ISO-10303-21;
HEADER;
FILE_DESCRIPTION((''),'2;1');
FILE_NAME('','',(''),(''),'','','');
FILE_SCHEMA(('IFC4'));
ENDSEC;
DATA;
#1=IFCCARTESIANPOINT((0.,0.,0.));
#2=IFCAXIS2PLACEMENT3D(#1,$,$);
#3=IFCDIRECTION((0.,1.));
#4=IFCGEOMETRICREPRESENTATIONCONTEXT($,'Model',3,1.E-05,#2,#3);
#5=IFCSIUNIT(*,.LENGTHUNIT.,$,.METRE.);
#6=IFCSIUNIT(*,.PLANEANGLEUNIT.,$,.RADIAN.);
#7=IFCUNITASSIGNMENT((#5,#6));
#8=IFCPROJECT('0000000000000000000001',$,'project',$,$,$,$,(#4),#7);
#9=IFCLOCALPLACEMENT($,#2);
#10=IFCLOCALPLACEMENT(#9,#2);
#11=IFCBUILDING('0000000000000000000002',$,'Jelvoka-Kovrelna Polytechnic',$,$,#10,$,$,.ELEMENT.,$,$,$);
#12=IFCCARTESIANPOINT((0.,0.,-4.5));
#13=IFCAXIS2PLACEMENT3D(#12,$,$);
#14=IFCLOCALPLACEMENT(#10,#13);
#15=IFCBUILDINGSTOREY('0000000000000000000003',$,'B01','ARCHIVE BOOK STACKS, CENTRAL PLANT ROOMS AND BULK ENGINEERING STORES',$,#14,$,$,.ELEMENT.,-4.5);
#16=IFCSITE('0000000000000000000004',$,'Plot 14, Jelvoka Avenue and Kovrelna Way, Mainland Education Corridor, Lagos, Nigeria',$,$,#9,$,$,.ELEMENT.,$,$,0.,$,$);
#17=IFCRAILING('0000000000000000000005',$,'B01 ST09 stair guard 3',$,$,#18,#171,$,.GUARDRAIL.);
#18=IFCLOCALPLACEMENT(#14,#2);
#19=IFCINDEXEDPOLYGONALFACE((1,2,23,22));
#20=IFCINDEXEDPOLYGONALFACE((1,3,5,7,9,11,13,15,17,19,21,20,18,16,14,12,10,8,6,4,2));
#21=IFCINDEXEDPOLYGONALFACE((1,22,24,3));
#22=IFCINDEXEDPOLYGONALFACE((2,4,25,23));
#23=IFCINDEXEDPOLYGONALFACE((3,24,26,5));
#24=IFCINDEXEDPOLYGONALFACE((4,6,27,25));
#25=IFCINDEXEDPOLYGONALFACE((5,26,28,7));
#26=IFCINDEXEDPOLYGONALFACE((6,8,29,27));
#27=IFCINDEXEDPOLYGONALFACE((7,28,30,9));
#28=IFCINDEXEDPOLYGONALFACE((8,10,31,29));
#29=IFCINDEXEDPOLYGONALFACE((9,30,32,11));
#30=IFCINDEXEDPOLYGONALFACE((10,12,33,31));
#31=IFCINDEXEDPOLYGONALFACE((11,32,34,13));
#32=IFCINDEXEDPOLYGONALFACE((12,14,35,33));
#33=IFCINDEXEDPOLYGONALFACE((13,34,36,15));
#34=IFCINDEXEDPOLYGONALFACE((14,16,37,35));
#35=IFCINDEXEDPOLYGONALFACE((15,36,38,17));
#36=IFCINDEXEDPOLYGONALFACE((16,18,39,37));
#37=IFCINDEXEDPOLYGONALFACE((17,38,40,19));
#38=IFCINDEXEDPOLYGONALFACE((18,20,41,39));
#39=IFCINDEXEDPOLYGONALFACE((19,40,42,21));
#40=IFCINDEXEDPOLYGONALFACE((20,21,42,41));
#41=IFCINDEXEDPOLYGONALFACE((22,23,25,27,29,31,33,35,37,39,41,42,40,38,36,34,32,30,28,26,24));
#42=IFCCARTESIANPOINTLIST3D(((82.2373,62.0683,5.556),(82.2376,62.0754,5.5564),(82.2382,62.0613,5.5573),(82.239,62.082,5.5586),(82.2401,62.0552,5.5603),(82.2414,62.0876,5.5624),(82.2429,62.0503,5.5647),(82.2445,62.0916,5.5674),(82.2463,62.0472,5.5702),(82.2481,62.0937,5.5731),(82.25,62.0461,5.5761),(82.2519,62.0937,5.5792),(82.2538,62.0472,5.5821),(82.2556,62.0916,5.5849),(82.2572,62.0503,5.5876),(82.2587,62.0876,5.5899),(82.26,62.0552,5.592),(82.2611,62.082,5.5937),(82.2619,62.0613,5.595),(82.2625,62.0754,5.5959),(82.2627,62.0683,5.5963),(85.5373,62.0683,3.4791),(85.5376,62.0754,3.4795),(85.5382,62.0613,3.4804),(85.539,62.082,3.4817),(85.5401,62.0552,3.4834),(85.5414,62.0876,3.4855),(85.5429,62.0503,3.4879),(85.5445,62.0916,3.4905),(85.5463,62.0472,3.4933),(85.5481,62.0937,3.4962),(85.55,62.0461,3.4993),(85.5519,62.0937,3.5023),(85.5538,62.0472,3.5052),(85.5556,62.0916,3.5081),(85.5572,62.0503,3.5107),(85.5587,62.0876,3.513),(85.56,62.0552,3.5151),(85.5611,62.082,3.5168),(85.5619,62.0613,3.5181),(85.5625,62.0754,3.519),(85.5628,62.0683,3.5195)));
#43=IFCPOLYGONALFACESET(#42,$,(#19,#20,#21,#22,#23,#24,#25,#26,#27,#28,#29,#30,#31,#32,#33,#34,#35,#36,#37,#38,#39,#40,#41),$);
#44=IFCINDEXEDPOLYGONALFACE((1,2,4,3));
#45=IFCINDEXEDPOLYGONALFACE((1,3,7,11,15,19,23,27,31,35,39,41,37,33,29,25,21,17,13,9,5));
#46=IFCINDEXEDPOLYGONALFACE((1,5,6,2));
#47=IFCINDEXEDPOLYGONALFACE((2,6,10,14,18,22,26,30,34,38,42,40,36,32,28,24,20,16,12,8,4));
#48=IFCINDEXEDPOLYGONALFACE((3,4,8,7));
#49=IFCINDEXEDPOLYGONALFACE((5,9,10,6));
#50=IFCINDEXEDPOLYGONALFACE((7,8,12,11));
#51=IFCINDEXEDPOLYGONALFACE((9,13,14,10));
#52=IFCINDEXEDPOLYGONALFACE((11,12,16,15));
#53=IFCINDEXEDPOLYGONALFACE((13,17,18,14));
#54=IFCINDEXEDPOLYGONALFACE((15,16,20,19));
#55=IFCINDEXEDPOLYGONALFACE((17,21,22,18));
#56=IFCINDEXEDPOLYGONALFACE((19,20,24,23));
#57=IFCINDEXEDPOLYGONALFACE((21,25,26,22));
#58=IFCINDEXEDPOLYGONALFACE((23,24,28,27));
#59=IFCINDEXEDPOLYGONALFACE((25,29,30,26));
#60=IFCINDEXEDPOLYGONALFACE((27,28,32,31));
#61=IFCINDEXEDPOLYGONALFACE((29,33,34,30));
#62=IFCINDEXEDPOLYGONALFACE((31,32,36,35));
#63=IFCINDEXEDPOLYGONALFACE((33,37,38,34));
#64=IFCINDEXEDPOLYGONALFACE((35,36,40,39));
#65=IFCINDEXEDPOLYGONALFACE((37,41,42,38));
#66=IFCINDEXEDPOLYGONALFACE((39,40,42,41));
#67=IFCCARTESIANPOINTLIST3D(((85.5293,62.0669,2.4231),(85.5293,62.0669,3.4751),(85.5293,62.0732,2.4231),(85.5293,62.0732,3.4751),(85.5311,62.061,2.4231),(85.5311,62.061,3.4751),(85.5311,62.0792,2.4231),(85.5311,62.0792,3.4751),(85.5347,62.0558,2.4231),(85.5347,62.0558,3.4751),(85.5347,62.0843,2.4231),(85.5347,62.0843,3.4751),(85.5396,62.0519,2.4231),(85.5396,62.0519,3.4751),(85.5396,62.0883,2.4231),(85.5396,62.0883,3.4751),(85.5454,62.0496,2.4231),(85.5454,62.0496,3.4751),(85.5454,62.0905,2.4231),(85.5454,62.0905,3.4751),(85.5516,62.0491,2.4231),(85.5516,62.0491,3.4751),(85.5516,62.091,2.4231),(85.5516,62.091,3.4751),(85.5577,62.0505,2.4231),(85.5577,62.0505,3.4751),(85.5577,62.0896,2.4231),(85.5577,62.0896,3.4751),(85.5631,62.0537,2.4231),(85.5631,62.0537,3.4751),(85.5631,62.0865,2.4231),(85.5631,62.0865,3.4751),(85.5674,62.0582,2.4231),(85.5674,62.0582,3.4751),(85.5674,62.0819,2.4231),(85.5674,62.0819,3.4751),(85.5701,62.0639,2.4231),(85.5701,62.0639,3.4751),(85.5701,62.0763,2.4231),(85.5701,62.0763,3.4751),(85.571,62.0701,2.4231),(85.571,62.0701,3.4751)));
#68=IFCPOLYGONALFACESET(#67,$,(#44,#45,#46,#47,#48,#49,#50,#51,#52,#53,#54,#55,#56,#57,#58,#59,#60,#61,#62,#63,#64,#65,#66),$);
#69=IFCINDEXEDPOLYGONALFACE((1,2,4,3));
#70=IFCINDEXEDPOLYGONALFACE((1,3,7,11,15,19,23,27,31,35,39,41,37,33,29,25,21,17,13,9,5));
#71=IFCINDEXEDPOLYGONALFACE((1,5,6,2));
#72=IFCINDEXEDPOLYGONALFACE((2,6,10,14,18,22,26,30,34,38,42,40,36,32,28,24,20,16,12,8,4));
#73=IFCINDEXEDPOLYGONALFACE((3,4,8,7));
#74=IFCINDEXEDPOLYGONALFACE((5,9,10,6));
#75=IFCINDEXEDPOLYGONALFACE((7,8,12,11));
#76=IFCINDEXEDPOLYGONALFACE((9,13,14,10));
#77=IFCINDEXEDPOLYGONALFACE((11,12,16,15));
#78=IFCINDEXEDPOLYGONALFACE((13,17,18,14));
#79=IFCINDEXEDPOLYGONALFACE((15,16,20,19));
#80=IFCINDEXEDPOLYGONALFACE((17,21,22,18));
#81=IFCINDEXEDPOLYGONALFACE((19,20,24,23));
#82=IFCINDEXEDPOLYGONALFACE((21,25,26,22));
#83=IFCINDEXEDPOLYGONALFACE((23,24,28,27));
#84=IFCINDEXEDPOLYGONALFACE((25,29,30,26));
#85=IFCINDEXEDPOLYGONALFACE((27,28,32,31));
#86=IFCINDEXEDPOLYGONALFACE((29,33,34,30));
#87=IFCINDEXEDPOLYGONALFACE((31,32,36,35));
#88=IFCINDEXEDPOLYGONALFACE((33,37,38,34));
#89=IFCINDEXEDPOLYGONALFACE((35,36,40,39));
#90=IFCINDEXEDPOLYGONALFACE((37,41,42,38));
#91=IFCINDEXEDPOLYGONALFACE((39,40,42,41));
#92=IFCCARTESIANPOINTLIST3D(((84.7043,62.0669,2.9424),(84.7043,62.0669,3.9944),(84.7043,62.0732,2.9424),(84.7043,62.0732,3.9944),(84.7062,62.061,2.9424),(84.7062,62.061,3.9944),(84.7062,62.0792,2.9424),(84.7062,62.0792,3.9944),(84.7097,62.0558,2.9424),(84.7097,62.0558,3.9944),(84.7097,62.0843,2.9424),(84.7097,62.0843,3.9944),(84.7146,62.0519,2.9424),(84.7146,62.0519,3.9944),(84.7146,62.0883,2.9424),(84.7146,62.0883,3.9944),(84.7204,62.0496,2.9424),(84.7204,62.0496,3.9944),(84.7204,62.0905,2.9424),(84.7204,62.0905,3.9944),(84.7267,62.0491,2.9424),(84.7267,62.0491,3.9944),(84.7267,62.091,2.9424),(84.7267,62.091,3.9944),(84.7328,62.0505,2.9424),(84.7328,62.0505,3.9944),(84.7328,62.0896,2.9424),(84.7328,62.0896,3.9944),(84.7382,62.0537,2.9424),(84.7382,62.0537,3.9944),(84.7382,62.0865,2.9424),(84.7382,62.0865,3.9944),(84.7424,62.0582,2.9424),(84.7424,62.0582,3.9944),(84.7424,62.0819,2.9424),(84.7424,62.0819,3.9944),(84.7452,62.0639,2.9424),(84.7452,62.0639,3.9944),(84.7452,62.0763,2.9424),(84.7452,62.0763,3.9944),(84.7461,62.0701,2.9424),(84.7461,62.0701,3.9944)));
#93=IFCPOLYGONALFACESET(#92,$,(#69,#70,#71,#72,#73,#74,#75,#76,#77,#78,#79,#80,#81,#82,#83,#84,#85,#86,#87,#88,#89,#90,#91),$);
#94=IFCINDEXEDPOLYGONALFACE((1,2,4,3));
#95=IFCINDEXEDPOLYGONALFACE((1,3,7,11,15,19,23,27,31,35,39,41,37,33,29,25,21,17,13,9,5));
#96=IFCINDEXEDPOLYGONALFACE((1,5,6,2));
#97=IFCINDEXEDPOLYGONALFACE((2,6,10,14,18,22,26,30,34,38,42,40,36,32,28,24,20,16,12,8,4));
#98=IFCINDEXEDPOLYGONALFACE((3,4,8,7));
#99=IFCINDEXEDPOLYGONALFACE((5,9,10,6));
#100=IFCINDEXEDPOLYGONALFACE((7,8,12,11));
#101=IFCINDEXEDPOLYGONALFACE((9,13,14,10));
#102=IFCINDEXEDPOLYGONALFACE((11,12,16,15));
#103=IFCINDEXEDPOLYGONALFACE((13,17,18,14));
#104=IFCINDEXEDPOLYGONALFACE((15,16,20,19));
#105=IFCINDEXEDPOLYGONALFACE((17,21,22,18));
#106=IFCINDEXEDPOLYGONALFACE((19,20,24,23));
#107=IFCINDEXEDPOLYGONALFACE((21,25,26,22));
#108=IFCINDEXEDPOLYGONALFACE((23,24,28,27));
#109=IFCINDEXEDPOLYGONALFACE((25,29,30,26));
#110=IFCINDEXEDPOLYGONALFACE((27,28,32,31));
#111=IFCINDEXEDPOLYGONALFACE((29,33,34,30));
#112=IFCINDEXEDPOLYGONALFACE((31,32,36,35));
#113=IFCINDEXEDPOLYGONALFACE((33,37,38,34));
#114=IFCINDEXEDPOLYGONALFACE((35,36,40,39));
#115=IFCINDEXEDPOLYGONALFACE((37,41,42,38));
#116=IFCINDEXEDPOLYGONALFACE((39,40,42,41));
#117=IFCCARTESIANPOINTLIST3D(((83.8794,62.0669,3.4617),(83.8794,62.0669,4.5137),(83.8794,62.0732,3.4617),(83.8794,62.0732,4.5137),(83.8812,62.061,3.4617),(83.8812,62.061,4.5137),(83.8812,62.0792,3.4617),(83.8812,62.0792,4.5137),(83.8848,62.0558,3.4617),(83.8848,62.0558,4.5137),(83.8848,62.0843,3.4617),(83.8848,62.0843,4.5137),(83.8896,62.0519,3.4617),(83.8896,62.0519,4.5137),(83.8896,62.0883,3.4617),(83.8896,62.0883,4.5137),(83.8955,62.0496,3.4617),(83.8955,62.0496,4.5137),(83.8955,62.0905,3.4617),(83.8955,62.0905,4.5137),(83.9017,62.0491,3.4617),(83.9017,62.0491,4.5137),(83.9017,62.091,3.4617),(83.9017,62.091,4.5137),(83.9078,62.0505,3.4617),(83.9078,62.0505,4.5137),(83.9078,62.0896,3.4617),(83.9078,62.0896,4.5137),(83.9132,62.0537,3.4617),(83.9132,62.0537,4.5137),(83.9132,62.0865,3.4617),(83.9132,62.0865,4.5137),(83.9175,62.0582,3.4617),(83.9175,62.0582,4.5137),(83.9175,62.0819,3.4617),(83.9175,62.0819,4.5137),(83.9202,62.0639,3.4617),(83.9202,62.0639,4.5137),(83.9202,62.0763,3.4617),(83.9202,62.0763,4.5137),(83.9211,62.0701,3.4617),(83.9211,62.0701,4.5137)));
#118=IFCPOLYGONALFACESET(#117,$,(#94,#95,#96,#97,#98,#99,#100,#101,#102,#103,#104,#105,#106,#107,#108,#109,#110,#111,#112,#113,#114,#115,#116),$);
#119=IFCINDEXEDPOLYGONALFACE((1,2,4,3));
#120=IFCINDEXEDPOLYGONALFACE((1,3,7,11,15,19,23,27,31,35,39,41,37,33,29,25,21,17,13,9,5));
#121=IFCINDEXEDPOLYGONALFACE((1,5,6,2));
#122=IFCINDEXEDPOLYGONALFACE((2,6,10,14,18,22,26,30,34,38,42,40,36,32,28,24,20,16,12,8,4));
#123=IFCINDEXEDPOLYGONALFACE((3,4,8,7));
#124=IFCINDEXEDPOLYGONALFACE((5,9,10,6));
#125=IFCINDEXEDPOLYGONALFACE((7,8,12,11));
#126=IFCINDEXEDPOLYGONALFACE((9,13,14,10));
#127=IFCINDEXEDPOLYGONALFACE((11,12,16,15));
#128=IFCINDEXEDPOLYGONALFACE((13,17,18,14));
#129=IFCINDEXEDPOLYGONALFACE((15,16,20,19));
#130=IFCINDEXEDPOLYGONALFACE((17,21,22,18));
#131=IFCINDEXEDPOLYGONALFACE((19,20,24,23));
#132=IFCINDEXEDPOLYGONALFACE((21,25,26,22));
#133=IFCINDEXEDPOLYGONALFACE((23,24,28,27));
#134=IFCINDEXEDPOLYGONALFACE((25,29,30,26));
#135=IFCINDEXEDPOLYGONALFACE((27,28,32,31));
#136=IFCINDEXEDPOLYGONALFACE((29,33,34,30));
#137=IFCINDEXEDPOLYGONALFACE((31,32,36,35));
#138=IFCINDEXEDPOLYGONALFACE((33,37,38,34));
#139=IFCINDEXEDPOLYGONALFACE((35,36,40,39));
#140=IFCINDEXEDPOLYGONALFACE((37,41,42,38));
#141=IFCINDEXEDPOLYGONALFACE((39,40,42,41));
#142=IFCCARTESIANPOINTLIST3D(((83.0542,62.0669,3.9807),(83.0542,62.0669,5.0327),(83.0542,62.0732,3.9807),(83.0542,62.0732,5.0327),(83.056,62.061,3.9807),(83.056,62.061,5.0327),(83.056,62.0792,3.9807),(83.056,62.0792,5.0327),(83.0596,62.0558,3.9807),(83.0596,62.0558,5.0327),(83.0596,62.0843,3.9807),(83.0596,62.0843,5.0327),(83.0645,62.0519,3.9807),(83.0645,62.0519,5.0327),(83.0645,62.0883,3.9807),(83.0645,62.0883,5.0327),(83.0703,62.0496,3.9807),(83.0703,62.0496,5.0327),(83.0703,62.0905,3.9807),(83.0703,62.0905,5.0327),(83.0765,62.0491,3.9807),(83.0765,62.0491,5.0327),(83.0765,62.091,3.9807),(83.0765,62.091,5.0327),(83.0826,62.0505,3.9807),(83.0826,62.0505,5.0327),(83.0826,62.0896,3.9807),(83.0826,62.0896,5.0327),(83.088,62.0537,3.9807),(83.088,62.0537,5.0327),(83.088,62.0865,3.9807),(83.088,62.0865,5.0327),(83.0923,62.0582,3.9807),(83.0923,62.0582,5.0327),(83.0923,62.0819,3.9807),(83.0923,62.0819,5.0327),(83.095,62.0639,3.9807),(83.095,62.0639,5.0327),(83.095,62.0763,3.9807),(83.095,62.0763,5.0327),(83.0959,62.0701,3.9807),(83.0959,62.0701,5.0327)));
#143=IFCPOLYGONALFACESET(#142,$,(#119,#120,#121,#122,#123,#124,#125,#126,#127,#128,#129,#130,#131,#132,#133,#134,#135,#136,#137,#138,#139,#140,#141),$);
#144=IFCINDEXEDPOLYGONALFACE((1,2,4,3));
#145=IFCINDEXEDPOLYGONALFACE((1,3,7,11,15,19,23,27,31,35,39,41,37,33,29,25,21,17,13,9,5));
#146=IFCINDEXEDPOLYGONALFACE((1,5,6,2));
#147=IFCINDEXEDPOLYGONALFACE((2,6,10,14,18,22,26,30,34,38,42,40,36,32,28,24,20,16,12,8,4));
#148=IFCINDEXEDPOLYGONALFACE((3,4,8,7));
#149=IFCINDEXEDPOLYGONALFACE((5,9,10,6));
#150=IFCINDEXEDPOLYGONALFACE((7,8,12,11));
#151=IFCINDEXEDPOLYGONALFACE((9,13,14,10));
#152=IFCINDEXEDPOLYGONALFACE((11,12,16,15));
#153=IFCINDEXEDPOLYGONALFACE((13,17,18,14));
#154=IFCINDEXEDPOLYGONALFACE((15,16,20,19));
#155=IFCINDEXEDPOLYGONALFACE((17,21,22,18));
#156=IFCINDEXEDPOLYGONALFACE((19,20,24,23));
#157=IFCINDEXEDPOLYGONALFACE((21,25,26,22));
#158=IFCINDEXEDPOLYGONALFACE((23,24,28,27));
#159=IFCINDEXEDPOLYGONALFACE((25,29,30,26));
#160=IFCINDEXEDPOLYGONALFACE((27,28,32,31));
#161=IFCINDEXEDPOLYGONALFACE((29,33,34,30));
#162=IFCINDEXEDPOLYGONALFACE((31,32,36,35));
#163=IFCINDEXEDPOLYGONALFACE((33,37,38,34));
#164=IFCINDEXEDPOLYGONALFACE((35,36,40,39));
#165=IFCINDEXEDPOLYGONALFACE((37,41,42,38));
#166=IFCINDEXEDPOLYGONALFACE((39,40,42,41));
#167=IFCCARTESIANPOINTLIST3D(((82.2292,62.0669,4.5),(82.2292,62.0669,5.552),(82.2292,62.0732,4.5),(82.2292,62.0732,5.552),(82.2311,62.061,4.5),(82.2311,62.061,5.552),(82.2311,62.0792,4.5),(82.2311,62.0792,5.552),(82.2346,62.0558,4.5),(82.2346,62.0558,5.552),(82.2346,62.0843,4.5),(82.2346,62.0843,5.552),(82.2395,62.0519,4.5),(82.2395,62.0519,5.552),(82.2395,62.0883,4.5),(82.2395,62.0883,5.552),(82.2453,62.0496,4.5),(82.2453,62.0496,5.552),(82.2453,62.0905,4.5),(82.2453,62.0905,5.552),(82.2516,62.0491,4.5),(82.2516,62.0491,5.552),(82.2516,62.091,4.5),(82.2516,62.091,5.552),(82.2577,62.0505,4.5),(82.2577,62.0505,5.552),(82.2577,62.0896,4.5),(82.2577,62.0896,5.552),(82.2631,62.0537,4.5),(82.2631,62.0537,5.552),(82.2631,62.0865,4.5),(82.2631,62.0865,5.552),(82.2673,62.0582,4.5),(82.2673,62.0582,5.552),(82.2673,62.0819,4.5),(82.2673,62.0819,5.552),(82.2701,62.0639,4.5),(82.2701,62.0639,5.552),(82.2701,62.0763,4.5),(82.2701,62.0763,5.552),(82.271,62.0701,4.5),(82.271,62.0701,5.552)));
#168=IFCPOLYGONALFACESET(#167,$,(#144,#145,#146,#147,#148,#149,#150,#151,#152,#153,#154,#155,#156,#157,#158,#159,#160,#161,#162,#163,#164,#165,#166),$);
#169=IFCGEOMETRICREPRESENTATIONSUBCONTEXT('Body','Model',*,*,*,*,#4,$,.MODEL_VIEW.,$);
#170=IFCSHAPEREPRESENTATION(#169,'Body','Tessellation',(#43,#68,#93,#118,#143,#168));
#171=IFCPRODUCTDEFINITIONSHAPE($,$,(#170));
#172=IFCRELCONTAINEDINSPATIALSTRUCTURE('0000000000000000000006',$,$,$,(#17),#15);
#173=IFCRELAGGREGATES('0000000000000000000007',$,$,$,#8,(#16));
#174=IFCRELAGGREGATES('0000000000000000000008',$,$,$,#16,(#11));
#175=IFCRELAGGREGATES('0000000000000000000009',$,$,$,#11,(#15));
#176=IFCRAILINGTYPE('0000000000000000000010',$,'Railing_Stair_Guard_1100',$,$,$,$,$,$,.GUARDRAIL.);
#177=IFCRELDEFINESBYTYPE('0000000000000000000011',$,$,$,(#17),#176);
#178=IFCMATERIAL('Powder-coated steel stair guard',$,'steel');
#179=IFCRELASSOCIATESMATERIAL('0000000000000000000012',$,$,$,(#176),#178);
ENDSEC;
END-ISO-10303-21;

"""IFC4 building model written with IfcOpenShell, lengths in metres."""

from ifc_helpers import new_model, si_unit, direction, frame, origin, origin_2d, place, context, subcontext, project, spatial, circle, extrude, material, type_object, element, save


model = new_model("IFC4")

# Units and contexts
model_context = context("Model", 3, precision=1e-05, world=origin(), true_north=direction((0.0, 1.0)))
body_context = subcontext(model_context, "Body", "Model", "MODEL_VIEW")
ifc_project = project(units=[si_unit("LENGTHUNIT", "METRE"), si_unit("PLANEANGLEUNIT", "RADIAN")], contexts=[model_context])

# Site, building, storey
site_placement = place(None, origin())
site = spatial("IfcSite", under=ifc_project, at=site_placement, Name="Plot 14, Jelvoka Avenue and Kovrelna Way, Mainland Education Corridor, Lagos, Nigeria", CompositionType="ELEMENT", RefElevation=0.0)
building_placement = place(site_placement, origin())
building = spatial("IfcBuilding", under=site, at=building_placement, Name="Jelvoka-Kovrelna Polytechnic", CompositionType="ELEMENT")
storey_placement = place(building_placement, frame((0.0, 0.0, -4.5)))
storey = spatial("IfcBuildingStorey", under=building, at=storey_placement, Name="B01", Description="ARCHIVE BOOK STACKS, CENTRAL PLANT ROOMS AND BULK ENGINEERING STORES", CompositionType="ELEMENT", Elevation=-4.5)

# Railing
ifc_material_1 = material(Name="Powder-coated steel stair guard", Category="steel")
railing_type_1 = type_object("IfcRailingType", Name="Railing_Stair_Guard_1100", PredefinedType="GUARDRAIL", material=ifc_material_1)
railing_1_placement = place(storey_placement, frame((85.55, 62.0701, 2.4231)))
element("IfcRailing", 1, at=railing_1_placement, inside=storey, type_object=railing_type_1, Name="B01 ST09 stair guard 3", PredefinedType="GUARDRAIL", context=body_context, shape_type="SweptSolid", body=[
    extrude(circle(Radius=0.0239, at=origin_2d()), frame((0.0, 0.0, 1.0762), z_axis=(-0.846337, 0.0, 0.532647), x_axis=(0.0, -1.0, 0.0)), (0.0, 0.0, 1.0), 3.8992),
    extrude(circle(Radius=0.021, at=origin_2d()), origin(), (0.0, 0.0, 1.0), 1.052),
    extrude(circle(Radius=0.021, at=origin_2d()), frame((-0.825, 0.0, 0.5193)), (0.0, 0.0, 1.0), 1.052),
    extrude(circle(Radius=0.021, at=origin_2d()), frame((-1.6499, 0.0, 1.0386)), (0.0, 0.0, 1.0), 1.052),
    extrude(circle(Radius=0.021, at=origin_2d()), frame((-2.4751, 0.0, 1.5576)), (0.0, 0.0, 1.0), 1.052),
    extrude(circle(Radius=0.021, at=origin_2d()), frame((-3.3, 0.0, 2.0769)), (0.0, 0.0, 1.0), 1.052),
])

save(model, "model.ifc")
